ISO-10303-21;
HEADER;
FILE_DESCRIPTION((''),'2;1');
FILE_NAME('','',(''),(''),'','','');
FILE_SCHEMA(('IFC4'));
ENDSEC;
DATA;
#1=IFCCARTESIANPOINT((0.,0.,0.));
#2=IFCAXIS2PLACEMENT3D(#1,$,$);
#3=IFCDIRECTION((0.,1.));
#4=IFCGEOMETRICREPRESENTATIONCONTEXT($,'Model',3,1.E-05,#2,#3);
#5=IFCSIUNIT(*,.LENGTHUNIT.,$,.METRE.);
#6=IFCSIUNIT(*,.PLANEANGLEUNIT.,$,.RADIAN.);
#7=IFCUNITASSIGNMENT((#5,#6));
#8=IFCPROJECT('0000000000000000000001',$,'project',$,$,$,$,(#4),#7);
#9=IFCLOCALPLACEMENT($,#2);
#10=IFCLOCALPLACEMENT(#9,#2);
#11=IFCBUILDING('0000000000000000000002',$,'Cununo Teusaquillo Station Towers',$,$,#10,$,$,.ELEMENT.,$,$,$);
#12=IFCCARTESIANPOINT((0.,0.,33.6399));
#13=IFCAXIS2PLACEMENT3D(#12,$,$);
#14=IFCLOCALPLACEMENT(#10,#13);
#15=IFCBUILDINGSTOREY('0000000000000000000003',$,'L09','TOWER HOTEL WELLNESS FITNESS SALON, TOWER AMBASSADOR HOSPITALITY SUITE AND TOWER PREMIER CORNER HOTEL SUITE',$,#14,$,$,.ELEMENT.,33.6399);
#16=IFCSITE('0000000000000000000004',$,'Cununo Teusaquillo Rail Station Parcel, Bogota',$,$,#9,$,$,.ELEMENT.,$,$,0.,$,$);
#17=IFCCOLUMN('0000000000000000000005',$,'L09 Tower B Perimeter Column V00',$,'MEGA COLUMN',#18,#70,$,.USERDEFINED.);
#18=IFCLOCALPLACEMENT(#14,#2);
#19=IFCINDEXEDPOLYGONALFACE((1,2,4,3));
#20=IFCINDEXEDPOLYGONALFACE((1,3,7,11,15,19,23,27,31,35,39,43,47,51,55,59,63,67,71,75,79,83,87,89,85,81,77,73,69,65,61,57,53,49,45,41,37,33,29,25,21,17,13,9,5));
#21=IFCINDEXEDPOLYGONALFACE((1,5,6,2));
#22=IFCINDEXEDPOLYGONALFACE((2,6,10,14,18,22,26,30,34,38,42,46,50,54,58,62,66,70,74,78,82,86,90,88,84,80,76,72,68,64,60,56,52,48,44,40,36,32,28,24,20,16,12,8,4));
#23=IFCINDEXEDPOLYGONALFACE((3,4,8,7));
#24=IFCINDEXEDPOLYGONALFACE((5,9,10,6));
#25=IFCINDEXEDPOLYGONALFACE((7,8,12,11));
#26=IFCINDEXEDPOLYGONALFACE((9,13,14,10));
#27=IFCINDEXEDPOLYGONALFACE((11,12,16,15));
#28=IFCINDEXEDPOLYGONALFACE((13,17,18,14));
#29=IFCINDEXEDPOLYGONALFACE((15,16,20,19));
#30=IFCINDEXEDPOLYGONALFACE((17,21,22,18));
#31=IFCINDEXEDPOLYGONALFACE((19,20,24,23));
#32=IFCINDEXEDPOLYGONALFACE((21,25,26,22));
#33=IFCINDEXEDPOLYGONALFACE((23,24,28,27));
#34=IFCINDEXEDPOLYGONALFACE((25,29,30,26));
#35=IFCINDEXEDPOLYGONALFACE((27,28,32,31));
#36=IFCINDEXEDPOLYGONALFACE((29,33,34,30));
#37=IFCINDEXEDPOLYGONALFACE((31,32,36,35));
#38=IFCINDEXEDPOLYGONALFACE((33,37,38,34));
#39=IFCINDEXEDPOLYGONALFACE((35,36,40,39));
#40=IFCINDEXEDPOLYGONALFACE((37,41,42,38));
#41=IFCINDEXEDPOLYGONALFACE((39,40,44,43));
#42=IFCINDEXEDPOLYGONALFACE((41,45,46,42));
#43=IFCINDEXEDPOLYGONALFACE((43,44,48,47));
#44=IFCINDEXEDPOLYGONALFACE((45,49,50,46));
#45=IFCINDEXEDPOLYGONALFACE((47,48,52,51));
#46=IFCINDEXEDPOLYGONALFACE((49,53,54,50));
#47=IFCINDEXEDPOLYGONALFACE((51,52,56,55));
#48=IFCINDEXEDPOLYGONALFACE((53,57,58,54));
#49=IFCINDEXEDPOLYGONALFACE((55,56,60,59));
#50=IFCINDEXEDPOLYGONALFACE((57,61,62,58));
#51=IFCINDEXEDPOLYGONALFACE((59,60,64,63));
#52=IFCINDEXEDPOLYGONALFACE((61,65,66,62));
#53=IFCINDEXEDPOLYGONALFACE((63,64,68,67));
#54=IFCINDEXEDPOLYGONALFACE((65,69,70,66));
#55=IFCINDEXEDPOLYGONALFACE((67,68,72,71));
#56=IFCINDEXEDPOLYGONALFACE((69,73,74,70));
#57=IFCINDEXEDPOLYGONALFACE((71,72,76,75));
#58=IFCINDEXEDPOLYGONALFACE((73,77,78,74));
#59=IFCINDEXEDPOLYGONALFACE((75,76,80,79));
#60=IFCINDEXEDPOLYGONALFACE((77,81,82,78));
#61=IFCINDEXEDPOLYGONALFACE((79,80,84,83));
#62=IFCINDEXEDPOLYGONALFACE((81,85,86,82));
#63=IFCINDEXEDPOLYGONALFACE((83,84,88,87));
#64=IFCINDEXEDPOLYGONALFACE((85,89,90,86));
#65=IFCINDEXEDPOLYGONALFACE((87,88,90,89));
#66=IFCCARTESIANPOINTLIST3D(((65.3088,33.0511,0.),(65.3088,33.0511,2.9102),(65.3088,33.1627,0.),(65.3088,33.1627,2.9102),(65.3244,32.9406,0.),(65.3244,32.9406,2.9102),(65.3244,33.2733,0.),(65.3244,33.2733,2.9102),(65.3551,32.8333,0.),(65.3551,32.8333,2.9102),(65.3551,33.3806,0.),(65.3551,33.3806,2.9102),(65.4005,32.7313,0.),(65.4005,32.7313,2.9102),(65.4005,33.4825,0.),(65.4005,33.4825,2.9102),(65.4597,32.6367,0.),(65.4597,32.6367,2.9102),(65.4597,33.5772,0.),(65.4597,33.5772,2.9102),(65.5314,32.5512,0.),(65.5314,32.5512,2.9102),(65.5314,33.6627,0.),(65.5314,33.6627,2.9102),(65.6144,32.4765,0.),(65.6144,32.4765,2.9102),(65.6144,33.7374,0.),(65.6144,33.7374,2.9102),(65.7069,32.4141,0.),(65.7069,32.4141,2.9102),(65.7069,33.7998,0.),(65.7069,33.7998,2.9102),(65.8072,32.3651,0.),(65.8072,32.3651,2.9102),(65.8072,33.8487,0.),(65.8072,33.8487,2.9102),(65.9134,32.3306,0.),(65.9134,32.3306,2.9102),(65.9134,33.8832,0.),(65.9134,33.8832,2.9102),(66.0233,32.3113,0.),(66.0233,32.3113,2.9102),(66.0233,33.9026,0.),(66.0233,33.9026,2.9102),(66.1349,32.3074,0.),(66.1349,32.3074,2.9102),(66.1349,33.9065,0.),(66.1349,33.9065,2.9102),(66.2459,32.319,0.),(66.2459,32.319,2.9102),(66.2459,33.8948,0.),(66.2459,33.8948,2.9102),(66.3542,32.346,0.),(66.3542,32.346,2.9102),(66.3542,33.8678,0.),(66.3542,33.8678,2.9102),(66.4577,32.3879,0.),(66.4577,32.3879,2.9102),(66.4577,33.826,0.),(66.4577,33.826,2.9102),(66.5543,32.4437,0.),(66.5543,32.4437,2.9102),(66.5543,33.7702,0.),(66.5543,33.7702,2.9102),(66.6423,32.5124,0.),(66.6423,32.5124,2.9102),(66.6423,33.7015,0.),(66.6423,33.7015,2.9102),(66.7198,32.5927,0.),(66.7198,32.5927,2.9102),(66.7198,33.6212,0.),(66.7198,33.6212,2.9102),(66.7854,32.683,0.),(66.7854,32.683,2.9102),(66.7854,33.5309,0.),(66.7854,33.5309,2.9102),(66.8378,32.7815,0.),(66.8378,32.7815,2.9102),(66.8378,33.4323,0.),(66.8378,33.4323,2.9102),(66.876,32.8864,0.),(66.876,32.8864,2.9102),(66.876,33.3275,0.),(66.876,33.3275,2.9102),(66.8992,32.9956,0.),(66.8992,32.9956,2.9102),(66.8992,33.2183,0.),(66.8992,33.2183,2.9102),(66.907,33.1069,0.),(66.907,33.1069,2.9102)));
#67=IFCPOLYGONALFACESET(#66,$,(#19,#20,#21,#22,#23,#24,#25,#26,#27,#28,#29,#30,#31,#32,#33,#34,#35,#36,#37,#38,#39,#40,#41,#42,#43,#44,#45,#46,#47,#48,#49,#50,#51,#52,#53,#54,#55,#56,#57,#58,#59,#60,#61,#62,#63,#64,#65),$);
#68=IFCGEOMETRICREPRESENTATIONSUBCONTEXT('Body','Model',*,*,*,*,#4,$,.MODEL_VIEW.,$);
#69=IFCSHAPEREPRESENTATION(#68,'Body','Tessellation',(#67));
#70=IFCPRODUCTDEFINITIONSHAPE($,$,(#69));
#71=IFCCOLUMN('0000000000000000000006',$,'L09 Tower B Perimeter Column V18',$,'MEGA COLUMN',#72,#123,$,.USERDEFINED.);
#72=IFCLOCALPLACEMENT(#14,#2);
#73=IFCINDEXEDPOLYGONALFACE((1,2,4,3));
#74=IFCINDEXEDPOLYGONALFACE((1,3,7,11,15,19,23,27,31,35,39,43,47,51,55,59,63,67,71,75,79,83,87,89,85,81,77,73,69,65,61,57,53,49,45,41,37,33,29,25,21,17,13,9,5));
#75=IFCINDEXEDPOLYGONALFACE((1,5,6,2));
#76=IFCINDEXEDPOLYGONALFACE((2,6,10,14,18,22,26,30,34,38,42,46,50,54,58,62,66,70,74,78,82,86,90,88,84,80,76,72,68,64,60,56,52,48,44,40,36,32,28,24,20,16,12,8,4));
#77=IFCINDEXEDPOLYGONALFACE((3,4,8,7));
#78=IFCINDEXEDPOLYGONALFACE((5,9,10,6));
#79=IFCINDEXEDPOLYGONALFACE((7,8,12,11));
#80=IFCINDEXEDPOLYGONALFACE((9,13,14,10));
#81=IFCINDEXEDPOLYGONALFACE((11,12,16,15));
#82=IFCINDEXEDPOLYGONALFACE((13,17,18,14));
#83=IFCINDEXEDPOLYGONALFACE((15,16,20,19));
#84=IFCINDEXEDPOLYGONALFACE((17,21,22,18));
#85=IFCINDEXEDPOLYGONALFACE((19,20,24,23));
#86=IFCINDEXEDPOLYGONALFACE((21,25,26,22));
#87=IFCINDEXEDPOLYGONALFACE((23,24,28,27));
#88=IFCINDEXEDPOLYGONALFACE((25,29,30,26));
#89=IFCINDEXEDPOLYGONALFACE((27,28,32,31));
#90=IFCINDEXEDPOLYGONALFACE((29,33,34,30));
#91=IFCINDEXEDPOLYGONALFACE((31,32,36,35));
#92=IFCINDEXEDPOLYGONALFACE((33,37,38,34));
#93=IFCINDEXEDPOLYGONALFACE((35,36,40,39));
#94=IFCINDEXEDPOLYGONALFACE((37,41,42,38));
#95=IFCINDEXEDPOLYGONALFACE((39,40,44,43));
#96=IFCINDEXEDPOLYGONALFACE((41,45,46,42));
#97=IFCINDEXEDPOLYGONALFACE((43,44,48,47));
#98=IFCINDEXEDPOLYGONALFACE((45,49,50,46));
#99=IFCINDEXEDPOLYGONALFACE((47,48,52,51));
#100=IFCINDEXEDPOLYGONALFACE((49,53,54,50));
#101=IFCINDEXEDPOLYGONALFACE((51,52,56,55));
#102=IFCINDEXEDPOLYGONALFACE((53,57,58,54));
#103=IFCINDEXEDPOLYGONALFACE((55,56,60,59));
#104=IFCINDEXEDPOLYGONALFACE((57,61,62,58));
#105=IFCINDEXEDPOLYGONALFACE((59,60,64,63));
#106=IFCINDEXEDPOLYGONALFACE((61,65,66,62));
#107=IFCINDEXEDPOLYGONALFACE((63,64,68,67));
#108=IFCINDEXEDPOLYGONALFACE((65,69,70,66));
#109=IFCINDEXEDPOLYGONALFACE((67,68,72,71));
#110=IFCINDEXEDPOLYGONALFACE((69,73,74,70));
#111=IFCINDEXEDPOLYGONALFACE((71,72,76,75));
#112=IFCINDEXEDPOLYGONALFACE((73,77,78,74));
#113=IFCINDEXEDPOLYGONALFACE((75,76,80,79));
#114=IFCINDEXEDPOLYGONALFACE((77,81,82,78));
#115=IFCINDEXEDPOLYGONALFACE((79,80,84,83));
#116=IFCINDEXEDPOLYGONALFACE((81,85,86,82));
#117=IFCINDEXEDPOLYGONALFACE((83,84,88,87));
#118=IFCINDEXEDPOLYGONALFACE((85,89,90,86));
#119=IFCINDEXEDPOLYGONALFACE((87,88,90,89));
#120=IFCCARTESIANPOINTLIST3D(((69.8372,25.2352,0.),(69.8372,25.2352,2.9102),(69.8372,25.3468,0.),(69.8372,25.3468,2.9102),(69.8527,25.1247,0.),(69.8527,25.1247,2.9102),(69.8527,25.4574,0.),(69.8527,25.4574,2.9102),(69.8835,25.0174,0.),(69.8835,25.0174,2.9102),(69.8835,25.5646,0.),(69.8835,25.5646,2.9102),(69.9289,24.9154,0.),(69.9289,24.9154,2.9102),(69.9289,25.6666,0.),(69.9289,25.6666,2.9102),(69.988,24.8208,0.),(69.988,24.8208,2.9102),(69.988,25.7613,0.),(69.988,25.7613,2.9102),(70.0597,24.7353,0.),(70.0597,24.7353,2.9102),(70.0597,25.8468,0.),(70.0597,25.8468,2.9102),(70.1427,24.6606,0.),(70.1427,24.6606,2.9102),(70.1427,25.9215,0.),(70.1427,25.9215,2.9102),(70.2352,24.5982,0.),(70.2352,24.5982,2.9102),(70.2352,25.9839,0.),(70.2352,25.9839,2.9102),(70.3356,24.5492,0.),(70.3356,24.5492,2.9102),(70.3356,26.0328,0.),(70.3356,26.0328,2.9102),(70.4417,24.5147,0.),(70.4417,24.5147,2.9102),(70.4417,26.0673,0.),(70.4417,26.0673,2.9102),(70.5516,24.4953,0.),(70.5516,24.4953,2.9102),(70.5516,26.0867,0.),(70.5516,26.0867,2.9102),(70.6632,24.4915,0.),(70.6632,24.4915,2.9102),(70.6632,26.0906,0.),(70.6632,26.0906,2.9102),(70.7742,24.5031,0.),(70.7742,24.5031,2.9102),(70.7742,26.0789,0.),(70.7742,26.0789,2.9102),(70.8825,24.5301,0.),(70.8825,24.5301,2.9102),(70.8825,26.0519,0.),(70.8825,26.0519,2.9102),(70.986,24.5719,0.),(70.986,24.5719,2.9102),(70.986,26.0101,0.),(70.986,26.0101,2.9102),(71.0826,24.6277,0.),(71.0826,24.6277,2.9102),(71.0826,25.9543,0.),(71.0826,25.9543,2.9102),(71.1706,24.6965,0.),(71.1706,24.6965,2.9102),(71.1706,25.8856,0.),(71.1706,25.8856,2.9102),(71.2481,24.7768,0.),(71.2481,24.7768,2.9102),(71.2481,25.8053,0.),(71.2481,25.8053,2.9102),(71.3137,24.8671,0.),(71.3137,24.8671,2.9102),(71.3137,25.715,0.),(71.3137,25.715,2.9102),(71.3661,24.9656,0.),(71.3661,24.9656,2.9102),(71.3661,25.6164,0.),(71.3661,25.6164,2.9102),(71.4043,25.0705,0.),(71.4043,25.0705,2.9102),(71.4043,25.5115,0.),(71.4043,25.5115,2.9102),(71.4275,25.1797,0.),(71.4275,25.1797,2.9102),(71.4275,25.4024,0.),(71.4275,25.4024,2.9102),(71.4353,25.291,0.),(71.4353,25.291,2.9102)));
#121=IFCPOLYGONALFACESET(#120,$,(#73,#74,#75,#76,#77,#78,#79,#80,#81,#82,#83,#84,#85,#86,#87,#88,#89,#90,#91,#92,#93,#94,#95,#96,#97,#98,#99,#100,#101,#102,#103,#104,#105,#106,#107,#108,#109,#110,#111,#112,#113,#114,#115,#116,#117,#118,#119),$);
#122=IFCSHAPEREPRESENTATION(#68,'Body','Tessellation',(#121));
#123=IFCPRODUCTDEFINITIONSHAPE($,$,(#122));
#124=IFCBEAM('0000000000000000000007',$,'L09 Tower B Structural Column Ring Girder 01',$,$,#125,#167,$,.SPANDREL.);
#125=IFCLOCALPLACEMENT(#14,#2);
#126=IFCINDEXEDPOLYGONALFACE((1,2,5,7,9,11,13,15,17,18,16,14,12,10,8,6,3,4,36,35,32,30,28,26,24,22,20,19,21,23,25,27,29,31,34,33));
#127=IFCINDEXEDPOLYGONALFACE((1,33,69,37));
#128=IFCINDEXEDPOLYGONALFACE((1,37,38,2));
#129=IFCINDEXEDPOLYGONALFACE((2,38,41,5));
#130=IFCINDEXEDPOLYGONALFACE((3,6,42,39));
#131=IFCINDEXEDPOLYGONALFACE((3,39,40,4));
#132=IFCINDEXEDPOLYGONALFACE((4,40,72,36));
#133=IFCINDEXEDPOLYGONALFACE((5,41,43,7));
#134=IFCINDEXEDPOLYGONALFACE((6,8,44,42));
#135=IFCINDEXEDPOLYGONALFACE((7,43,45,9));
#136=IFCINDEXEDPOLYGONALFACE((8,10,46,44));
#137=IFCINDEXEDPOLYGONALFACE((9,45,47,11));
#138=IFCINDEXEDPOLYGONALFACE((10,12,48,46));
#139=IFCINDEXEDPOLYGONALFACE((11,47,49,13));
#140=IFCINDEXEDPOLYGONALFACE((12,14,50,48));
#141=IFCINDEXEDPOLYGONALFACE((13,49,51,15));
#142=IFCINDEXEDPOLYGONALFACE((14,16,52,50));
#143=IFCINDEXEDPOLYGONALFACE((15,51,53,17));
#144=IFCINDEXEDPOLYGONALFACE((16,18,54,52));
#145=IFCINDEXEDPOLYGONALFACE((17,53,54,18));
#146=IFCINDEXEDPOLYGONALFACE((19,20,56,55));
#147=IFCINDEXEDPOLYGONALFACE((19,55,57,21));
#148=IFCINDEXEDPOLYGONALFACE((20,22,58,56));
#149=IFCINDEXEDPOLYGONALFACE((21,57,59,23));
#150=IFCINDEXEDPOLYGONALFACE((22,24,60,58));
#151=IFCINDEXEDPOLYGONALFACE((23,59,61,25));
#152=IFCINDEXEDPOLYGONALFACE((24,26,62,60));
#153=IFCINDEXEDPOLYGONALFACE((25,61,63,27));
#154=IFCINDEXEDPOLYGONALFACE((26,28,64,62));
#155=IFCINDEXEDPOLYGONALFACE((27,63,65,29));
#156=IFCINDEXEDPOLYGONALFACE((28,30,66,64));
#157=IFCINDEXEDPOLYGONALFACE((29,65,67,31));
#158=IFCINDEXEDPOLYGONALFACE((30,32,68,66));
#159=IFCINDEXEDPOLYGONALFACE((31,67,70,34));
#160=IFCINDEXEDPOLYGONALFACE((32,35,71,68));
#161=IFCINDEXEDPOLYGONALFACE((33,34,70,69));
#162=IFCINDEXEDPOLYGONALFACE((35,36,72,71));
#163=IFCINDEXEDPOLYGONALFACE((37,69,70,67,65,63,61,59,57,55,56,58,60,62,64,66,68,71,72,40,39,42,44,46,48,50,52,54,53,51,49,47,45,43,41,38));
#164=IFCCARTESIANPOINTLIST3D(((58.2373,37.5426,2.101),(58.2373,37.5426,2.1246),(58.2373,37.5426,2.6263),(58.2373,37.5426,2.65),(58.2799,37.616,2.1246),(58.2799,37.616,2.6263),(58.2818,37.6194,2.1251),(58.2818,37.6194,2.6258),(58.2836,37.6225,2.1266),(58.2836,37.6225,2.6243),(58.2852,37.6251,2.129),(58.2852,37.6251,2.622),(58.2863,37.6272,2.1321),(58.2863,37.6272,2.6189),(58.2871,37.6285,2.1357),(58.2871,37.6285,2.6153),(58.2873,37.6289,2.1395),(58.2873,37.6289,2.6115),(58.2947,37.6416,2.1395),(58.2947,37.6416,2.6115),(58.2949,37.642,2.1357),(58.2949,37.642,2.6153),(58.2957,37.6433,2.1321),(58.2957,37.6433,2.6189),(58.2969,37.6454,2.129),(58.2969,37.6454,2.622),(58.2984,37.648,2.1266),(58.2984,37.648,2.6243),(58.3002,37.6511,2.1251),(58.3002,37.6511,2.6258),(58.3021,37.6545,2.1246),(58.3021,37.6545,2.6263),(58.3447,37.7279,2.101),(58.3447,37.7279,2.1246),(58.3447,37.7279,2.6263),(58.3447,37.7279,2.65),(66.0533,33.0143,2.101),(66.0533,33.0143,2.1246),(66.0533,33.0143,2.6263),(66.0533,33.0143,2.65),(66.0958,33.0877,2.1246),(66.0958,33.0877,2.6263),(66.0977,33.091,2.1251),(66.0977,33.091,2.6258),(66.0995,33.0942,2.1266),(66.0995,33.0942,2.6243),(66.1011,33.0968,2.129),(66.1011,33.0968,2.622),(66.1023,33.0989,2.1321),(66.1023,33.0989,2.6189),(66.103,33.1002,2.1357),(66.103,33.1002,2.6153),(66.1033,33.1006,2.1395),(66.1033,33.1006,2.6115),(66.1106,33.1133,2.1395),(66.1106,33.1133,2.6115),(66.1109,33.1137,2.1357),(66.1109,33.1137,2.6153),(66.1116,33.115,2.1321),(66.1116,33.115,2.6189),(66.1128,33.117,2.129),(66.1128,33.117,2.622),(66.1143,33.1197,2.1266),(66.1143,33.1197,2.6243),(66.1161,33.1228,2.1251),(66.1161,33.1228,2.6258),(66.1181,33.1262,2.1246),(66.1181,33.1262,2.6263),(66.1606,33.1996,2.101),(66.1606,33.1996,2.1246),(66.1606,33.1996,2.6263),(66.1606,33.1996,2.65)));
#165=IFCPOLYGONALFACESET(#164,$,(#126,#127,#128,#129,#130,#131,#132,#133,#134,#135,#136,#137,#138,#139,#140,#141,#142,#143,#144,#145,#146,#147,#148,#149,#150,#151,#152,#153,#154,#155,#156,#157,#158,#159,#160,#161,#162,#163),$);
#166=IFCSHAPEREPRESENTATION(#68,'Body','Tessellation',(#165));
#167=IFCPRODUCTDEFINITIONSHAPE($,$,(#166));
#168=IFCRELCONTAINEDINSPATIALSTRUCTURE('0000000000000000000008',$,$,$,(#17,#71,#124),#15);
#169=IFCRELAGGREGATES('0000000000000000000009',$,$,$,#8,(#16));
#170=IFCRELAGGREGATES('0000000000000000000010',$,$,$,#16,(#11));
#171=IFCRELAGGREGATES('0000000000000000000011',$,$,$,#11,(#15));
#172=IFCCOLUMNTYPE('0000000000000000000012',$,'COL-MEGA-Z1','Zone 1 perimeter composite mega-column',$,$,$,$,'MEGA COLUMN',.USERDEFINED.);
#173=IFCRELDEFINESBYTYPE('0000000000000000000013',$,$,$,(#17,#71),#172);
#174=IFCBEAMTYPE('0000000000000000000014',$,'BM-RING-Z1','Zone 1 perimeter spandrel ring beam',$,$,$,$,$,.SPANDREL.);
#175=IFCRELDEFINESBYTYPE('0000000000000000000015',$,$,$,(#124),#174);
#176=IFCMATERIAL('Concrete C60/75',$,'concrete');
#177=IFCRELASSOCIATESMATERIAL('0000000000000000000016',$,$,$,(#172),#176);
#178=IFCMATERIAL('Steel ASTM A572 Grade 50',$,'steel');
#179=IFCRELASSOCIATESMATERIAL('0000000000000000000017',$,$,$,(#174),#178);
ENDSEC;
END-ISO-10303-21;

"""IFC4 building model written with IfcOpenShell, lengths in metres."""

from ifc_helpers import new_model, si_unit, direction, frame, origin, origin_2d, place, context, subcontext, project, spatial, circle, i_section, extrude, material, material_profile, profile_set, type_object, element, save


model = new_model("IFC4")

# Units and contexts
model_context = context("Model", 3, precision=1e-05, world=origin(), true_north=direction((0.0, 1.0)))
body_context = subcontext(model_context, "Body", "Model", "MODEL_VIEW")
ifc_project = project(units=[si_unit("LENGTHUNIT", "METRE"), si_unit("PLANEANGLEUNIT", "RADIAN")], contexts=[model_context])

# Site, building, storey
site_placement = place(None, origin())
site = spatial("IfcSite", under=ifc_project, at=site_placement, Name="Cununo Teusaquillo Rail Station Parcel, Bogota", CompositionType="ELEMENT", RefElevation=0.0)
building_placement = place(site_placement, origin())
building = spatial("IfcBuilding", under=site, at=building_placement, Name="Cununo Teusaquillo Station Towers", CompositionType="ELEMENT")
storey_placement = place(building_placement, frame((0.0, 0.0, 33.6399)))
storey = spatial("IfcBuildingStorey", under=building, at=storey_placement, Name="L09", Description="TOWER HOTEL WELLNESS FITNESS SALON, TOWER AMBASSADOR HOSPITALITY SUITE AND TOWER PREMIER CORNER HOTEL SUITE", CompositionType="ELEMENT", Elevation=33.6399)

# Columns
ifc_material_1 = material(Name="Concrete C60/75", Category="concrete")
ifc_material_profile_1 = material_profile(ifc_material_1, circle(Radius=0.8, at=origin_2d()), Name="RC-CIRC-1600")
ifc_profile_set_1 = profile_set([ifc_material_profile_1], Name="Concrete C60/75")
column_type = type_object("IfcColumnType", Name="COL-MEGA-Z1", Description="Zone 1 perimeter composite mega-column", ElementType="MEGA COLUMN", PredefinedType="USERDEFINED", material=ifc_profile_set_1)
for number, where, z_axis, x_axis, name in (
    (1, (66.1069, 33.1069, 0.0), (0.0, 0.0, 1.0), (1.0, 0.0, 0.0), "L09 Tower B Perimeter Column V00"),
    (2, (70.6353, 25.291, 0.0), (0.0, 0.0, 1.0), (1.0, 0.0, 0.0), "L09 Tower B Perimeter Column V18"),
):
    element("IfcColumn", number, at=place(storey_placement, frame(where, z_axis=z_axis, x_axis=x_axis)), inside=storey, type_object=column_type, Name=name, ObjectType="MEGA COLUMN", PredefinedType="USERDEFINED", context=body_context, shape_type="SweptSolid", body=[
        extrude(circle(Radius=0.8, at=origin_2d()), origin(), (0.0, 0.0, 1.0), 2.9102),
    ])

# Beam
ifc_material_2 = material(Name="Steel ASTM A572 Grade 50", Category="steel")
ifc_material_profile_2 = material_profile(ifc_material_2, i_section(OverallWidth=0.2141, OverallDepth=0.5491, WebThickness=0.0146, FlangeThickness=0.0237, FilletRadius=0.0149, at=origin_2d()), Name="W21X93")
ifc_profile_set_2 = profile_set([ifc_material_profile_2], Name="Steel ASTM A572 Grade 50")
beam_type = type_object("IfcBeamType", Name="BM-RING-Z1", Description="Zone 1 perimeter spandrel ring beam", PredefinedType="SPANDREL", material=ifc_profile_set_2)
for number, where, z_axis, x_axis, name in (
    (3, (66.1069, 33.1069, 2.3755), (-0.865267, 0.501311, 0.0), (-0.501311, -0.865267, 0.0), "L09 Tower B Structural Column Ring Girder 01"),
):
    element("IfcBeam", number, at=place(storey_placement, frame(where, z_axis=z_axis, x_axis=x_axis)), inside=storey, type_object=beam_type, Name=name, PredefinedType="SPANDREL", context=body_context, shape_type="SweptSolid", body=[
        extrude(i_section(OverallWidth=0.2141, OverallDepth=0.5491, WebThickness=0.0146, FlangeThickness=0.0237, FilletRadius=0.0149, at=origin_2d()), origin(), (0.0, 0.0, 1.0), 9.033),
    ])

save(model, "model.ifc")
